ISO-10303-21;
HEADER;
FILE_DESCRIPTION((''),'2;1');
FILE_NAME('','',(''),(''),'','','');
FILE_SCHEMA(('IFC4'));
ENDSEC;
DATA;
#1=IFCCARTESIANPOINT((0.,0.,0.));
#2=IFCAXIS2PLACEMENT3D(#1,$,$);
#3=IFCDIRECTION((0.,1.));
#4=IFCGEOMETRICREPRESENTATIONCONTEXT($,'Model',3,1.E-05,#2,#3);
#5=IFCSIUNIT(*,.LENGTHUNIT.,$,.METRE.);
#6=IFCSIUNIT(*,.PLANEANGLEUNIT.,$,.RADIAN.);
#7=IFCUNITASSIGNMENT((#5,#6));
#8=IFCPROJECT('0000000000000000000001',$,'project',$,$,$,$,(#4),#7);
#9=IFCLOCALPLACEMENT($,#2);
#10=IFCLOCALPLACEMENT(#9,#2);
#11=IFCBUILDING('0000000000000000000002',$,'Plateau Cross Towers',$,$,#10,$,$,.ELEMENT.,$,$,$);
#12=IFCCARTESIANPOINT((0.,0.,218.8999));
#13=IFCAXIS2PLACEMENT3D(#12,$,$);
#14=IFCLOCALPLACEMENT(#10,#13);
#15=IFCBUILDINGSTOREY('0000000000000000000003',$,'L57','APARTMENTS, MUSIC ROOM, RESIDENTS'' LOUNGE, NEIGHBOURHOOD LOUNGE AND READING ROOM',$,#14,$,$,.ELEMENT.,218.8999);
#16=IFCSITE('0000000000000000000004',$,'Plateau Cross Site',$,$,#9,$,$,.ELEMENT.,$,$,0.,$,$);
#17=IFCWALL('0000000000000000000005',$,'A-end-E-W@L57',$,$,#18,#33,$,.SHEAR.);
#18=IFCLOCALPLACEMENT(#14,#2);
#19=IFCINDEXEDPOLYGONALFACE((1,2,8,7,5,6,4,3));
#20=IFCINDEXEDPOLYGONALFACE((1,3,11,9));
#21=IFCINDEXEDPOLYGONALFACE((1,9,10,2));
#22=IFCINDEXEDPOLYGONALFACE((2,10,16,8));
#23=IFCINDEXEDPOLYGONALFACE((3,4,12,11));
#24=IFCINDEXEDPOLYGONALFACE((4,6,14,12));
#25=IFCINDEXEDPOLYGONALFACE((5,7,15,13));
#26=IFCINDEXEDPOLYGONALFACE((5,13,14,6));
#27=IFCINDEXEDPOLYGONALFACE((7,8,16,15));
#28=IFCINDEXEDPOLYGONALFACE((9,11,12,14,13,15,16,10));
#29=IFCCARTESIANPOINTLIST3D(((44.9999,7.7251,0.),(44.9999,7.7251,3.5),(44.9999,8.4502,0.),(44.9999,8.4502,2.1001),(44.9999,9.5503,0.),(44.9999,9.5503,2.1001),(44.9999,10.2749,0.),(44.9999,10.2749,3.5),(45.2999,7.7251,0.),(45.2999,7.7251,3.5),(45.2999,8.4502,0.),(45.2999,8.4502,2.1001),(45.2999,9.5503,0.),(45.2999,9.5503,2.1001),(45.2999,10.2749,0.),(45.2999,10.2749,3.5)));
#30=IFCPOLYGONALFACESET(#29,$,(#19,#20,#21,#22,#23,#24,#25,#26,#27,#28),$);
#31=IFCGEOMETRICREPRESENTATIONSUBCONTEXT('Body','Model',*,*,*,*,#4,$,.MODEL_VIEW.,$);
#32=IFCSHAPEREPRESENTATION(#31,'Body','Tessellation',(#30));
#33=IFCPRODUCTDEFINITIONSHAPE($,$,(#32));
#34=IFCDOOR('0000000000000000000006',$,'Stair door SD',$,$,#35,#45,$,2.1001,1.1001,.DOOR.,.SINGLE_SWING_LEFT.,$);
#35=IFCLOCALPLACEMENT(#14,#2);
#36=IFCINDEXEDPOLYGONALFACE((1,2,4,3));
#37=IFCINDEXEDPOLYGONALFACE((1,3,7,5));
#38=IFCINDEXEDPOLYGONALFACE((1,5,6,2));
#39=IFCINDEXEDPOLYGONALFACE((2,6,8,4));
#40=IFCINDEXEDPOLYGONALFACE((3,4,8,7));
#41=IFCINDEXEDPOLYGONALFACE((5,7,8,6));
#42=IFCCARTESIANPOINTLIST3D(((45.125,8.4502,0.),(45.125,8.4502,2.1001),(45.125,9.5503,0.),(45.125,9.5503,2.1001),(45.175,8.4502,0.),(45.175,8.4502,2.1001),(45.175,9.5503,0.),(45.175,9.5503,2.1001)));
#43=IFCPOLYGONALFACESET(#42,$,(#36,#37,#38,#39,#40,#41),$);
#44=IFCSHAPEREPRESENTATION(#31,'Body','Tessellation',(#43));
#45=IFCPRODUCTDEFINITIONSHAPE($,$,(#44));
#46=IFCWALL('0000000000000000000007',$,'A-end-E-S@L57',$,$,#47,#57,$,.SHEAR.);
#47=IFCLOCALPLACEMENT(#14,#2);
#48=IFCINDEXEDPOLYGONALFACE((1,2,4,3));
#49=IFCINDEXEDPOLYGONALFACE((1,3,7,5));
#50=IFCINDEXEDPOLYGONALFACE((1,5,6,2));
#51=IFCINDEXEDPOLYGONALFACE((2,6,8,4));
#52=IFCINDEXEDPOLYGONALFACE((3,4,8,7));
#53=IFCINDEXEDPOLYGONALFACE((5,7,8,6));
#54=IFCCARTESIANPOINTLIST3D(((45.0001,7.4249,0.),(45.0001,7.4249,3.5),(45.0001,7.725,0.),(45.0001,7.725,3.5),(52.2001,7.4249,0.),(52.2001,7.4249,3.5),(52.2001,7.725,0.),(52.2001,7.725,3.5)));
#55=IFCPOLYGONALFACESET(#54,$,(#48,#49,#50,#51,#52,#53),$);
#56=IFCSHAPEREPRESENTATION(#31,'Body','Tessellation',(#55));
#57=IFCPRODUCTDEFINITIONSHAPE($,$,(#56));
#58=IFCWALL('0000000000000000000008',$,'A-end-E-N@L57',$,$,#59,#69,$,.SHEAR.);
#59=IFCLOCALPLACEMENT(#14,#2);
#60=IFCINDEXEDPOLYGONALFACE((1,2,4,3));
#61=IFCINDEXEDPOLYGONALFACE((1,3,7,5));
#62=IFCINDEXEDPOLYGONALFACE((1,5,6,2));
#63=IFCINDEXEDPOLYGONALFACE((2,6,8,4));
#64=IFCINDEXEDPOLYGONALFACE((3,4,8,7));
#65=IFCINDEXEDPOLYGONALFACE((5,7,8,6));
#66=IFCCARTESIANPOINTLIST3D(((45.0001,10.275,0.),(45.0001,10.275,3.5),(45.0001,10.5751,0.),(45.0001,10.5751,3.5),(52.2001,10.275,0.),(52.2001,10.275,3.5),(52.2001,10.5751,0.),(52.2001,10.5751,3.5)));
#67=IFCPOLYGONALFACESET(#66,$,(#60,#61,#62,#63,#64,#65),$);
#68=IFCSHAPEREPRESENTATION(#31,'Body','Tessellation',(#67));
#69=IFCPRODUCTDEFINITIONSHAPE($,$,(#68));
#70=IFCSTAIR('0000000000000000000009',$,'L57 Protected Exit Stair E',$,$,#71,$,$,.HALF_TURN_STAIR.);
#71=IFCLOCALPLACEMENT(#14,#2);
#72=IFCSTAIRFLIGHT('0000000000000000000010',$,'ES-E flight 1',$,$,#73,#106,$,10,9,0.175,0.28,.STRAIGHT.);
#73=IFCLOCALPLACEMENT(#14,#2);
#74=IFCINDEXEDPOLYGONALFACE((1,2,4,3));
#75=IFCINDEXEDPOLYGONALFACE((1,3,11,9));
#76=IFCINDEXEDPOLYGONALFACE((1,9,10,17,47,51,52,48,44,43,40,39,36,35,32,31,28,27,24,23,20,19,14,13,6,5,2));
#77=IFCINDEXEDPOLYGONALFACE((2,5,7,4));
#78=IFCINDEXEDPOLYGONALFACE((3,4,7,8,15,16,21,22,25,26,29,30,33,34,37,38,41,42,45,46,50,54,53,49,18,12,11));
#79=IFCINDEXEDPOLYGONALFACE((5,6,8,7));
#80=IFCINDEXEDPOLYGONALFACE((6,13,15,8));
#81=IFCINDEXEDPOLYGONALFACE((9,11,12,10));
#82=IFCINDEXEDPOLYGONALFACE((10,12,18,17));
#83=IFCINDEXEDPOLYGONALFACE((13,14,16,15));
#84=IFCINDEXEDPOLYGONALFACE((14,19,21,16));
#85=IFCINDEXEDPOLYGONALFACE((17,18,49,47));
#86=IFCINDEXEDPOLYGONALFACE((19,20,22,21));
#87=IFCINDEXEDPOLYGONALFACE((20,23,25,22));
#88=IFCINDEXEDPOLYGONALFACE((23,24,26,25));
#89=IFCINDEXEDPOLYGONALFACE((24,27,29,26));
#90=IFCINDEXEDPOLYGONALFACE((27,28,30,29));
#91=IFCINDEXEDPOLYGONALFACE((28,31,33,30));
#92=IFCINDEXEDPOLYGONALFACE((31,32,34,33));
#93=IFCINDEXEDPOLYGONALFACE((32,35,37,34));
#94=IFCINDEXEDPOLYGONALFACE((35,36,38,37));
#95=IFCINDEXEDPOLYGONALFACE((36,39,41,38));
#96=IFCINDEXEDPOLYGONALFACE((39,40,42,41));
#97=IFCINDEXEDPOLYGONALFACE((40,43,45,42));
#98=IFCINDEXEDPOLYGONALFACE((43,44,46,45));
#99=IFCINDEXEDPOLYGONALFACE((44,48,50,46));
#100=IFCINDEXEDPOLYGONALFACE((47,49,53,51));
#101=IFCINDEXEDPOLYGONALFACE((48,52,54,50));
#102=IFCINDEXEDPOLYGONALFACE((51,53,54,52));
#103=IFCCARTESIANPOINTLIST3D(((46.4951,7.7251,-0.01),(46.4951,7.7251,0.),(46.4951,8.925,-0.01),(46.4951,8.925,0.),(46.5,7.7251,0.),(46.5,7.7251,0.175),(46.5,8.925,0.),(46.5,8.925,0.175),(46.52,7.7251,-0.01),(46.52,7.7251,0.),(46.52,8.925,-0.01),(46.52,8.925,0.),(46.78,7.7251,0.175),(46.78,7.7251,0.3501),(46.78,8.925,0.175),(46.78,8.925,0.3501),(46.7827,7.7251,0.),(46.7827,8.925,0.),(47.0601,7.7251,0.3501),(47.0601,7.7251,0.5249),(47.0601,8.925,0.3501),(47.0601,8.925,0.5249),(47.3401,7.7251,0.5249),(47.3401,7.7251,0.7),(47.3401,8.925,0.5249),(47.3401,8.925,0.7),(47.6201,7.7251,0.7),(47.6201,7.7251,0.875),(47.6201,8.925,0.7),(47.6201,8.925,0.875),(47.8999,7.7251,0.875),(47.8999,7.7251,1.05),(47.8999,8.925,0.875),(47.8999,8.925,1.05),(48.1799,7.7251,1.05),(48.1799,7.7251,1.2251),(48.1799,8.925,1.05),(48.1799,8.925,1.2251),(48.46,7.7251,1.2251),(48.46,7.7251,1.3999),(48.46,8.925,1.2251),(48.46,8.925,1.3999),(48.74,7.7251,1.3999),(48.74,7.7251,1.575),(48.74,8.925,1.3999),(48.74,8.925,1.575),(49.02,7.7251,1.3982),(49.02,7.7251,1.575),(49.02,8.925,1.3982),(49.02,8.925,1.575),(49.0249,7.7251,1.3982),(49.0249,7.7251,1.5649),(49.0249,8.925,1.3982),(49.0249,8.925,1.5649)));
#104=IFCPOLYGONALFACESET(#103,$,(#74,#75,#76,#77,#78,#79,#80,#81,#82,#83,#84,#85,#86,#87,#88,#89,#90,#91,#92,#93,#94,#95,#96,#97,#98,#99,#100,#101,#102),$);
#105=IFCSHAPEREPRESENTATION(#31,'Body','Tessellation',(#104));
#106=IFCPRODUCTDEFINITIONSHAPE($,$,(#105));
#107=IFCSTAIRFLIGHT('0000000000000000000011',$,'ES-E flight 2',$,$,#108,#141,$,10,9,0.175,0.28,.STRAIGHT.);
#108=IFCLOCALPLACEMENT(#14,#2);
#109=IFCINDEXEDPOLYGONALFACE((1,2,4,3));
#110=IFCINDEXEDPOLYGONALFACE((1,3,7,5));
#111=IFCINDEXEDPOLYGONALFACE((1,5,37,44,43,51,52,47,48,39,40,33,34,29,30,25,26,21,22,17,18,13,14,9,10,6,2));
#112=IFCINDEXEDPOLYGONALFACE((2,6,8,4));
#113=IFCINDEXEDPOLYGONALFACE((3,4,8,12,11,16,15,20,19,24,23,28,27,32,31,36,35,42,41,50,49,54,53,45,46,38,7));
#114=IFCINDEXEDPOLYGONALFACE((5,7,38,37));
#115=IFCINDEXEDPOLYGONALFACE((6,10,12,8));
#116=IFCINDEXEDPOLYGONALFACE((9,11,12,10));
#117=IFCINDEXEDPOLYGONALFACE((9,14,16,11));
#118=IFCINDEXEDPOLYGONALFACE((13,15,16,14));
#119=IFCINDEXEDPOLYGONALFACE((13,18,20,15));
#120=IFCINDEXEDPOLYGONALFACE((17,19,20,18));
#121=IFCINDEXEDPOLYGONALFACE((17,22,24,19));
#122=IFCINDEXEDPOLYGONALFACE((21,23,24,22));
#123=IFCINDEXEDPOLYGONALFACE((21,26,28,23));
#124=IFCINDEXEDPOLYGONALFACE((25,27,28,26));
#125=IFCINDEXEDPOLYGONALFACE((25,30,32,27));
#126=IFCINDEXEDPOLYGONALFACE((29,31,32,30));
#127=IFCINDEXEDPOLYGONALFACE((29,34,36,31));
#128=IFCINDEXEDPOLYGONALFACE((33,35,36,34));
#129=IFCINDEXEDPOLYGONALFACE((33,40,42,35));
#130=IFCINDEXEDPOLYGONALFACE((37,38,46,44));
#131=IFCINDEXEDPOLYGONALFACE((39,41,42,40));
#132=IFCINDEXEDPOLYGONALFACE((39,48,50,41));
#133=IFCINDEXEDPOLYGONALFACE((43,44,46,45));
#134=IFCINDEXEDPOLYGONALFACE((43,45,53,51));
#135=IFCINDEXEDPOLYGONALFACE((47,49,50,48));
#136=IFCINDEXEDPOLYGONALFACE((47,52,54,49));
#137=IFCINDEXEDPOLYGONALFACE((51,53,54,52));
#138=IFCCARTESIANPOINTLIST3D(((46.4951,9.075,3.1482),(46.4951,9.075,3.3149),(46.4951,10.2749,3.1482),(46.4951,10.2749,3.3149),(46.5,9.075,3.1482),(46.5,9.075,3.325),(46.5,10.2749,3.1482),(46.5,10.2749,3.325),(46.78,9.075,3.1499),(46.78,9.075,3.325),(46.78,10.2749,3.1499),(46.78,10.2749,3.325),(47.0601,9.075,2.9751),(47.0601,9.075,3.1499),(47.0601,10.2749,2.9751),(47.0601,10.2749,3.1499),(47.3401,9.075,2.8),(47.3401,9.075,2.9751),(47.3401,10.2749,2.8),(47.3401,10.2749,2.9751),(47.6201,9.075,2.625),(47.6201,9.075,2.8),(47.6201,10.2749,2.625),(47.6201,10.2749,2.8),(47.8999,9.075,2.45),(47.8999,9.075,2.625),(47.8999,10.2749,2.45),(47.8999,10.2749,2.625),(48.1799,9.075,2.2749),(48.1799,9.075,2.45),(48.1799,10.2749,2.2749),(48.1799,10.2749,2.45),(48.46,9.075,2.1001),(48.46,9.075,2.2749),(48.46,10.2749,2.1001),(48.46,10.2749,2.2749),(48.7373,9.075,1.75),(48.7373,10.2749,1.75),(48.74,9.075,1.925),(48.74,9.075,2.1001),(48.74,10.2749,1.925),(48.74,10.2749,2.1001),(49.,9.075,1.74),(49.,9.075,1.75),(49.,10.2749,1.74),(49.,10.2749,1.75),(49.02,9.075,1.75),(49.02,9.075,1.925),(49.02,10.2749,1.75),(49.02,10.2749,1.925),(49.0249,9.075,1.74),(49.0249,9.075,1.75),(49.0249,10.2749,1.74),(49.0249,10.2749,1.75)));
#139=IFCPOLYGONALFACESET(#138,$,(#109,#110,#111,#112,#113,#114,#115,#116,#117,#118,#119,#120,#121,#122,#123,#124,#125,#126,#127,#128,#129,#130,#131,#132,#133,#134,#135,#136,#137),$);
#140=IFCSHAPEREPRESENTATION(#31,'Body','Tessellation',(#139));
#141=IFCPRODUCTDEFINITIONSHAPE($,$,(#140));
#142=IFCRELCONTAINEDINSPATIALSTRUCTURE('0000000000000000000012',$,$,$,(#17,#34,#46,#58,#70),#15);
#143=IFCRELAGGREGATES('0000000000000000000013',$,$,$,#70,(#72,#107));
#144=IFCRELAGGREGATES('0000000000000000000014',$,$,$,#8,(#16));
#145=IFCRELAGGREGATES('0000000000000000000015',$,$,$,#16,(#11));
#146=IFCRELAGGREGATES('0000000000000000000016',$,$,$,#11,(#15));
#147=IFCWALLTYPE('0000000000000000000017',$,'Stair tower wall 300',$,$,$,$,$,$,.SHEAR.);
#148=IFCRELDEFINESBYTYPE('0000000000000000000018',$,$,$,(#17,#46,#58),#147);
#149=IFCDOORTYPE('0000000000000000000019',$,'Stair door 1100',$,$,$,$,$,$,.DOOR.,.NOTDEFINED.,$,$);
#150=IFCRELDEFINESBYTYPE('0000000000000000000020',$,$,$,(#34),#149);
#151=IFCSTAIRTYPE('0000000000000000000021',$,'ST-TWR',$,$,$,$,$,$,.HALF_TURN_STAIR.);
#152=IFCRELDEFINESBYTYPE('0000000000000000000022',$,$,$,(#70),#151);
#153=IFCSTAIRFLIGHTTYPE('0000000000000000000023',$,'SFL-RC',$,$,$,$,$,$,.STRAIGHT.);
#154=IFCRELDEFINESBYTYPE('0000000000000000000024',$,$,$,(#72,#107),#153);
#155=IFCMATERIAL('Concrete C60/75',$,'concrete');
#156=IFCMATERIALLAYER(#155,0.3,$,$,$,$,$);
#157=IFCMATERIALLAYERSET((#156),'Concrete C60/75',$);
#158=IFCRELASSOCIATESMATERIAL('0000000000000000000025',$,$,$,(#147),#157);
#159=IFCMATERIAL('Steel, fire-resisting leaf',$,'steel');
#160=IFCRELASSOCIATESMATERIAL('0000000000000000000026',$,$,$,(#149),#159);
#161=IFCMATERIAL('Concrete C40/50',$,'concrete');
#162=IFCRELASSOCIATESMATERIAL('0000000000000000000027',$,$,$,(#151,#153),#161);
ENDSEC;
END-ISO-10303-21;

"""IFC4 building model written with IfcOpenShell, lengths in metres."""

from ifc_helpers import new_model, si_unit, direction, frame, frame_2d, origin, place, context, subcontext, project, spatial, polyline, rectangle, outline, extrude, material, layer, layer_set, type_object, element, fill, aggregate, save


model = new_model("IFC4")

# Units and contexts
model_context = context("Model", 3, precision=1e-05, world=origin(), true_north=direction((0.0, 1.0)))
body_context = subcontext(model_context, "Body", "Model", "MODEL_VIEW")
ifc_project = project(units=[si_unit("LENGTHUNIT", "METRE"), si_unit("PLANEANGLEUNIT", "RADIAN")], contexts=[model_context])

# Site, building, storey
site_placement = place(None, origin())
site = spatial("IfcSite", under=ifc_project, at=site_placement, Name="Plateau Cross Site", CompositionType="ELEMENT", RefElevation=0.0)
building_placement = place(site_placement, origin())
building = spatial("IfcBuilding", under=site, at=building_placement, Name="Plateau Cross Towers", CompositionType="ELEMENT")
storey_placement = place(building_placement, frame((0.0, 0.0, 218.8999)))
storey = spatial("IfcBuildingStorey", under=building, at=storey_placement, Name="L57", Description="APARTMENTS, MUSIC ROOM, RESIDENTS' LOUNGE, NEIGHBOURHOOD LOUNGE AND READING ROOM", CompositionType="ELEMENT", Elevation=218.8999)

# Wall, opening, door
ifc_material_1 = material(Name="Concrete C60/75", Category="concrete")
ifc_layer_1 = layer(ifc_material_1, 0.3)
ifc_layer_set_1 = layer_set([ifc_layer_1], Name="Concrete C60/75")
wall_type_1 = type_object("IfcWallType", Name="Stair tower wall 300", PredefinedType="SHEAR", material=ifc_layer_set_1)
wall_1_placement = place(storey_placement, frame((45.1499, 7.7251, 0.0), z_axis=(0.0, 0.0, 1.0), x_axis=(0.0, 1.0, 0.0)))
wall_1 = element("IfcWall", 1, at=wall_1_placement, inside=storey, type_object=wall_type_1, Name="A-end-E-W@L57", PredefinedType="SHEAR", context=body_context, shape_type="SweptSolid", body=[
    extrude(rectangle(XDim=2.5498, YDim=0.3, at=frame_2d((1.2749, 0.0))), origin(), (0.0, 0.0, 1.0), 3.5),
])
opening_1_placement = place(wall_1_placement, frame((0.7251, 0.0, 0.0)))
opening_1 = element("IfcOpeningElement", 2, at=opening_1_placement, cuts=wall_1, PredefinedType="OPENING", context=body_context, shape_type="SweptSolid", body=[
    extrude(rectangle(XDim=1.1001, YDim=2.1001, at=frame_2d((0.55, 1.05))), frame((0.0, 0.1599, 0.0), z_axis=(0.0, -1.0, 0.0), x_axis=(1.0, 0.0, 0.0)), (0.0, 0.0, 1.0), 0.3201),
])
ifc_material_2 = material(Name="Steel, fire-resisting leaf", Category="steel")
door_type_1 = type_object("IfcDoorType", Name="Stair door 1100", OperationType="NOTDEFINED", PredefinedType="DOOR", material=ifc_material_2)
door_1_placement = place(opening_1_placement, origin())
door_1 = element("IfcDoor", 3, at=door_1_placement, inside=storey, type_object=door_type_1, Name="Stair door SD", OperationType="SINGLE_SWING_LEFT", OverallHeight=2.1001, OverallWidth=1.1001, PredefinedType="DOOR", context=body_context, shape_type="SweptSolid", body=[
    extrude(rectangle(XDim=1.1001, YDim=2.1001, at=frame_2d((0.55, 1.05))), frame((0.0, 0.0249, 0.0), z_axis=(0.0, -1.0, 0.0), x_axis=(1.0, 0.0, 0.0)), (0.0, 0.0, 1.0), 0.05),
])
fill(opening_1, door_1)

# Walls
for number, where, z_axis, x_axis, name in (
    (4, (45.0, 7.575, 0.0), (0.0, 0.0, 1.0), (1.0, 0.0, 0.0), "A-end-E-S@L57"),
    (5, (45.0, 10.425, 0.0), (0.0, 0.0, 1.0), (1.0, 0.0, 0.0), "A-end-E-N@L57"),
):
    element("IfcWall", number, at=place(storey_placement, frame(where, z_axis=z_axis, x_axis=x_axis)), inside=storey, type_object=wall_type_1, Name=name, PredefinedType="SHEAR", context=body_context, shape_type="SweptSolid", body=[
        extrude(rectangle(XDim=7.2, YDim=0.3, at=frame_2d((3.6001, 0.0))), origin(), (0.0, 0.0, 1.0), 3.5),
    ])

# Stair, stair flights
ifc_material_3 = material(Name="Concrete C40/50", Category="concrete")
stair_type = type_object("IfcStairType", Name="ST-TWR", PredefinedType="HALF_TURN_STAIR", material=ifc_material_3)
stair_placement = place(storey_placement, origin())
stair = element("IfcStair", 6, at=stair_placement, inside=storey, type_object=stair_type, Name="L57 Protected Exit Stair E", PredefinedType="HALF_TURN_STAIR")
stair_flight_type = type_object("IfcStairFlightType", Name="SFL-RC", PredefinedType="STRAIGHT", material=ifc_material_3)
stair_flight_1_placement = place(storey_placement, frame((46.5, 8.325, 0.0), z_axis=(0.0, 0.0, 1.0), x_axis=(1.0, 0.0, 0.0)))
stair_flight_1 = element("IfcStairFlight", 7, at=stair_flight_1_placement, type_object=stair_flight_type, Name="ES-E flight 1", NumberOfRisers=10, NumberOfTreads=9, PredefinedType="STRAIGHT", RiserHeight=0.175, TreadLength=0.28, context=body_context, shape_type="SweptSolid", body=[
    extrude(outline(polyline([(-0.0049, -0.01), (-0.0049, 0.0), (0.0, 0.0), (0.0, 0.175), (0.28, 0.175), (0.28, 0.3501), (0.5601, 0.3501), (0.5601, 0.5249), (0.8401, 0.5249), (0.8401, 0.7), (1.1201, 0.7), (1.1201, 0.875), (1.3999, 0.875), (1.3999, 1.05), (1.6799, 1.05), (1.6799, 1.2251), (1.96, 1.2251), (1.96, 1.3999), (2.24, 1.3999), (2.24, 1.575), (2.52, 1.575), (2.5249, 1.5649), (2.5249, 1.3982), (2.52, 1.3982), (0.2827, 0.0), (0.02, 0.0), (0.02, -0.01), (-0.0049, -0.01)])), frame((0.0, 0.6001, 0.0), z_axis=(0.0, -1.0, 0.0), x_axis=(1.0, 0.0, 0.0)), (0.0, 0.0, 1.0), 1.2),
])
stair_flight_2_placement = place(storey_placement, frame((49.02, 9.675, 1.75), z_axis=(0.0, 0.0, 1.0), x_axis=(-1.0, 0.0, 0.0)))
stair_flight_2 = element("IfcStairFlight", 8, at=stair_flight_2_placement, type_object=stair_flight_type, Name="ES-E flight 2", NumberOfRisers=10, NumberOfTreads=9, PredefinedType="STRAIGHT", RiserHeight=0.175, TreadLength=0.28, context=body_context, shape_type="SweptSolid", body=[
    extrude(outline(polyline([(-0.0049, -0.01), (-0.0049, 0.0), (0.0, 0.0), (0.0, 0.175), (0.28, 0.175), (0.28, 0.3501), (0.5601, 0.3501), (0.5601, 0.5249), (0.8401, 0.5249), (0.8401, 0.7), (1.1201, 0.7), (1.1201, 0.875), (1.3999, 0.875), (1.3999, 1.05), (1.6799, 1.05), (1.6799, 1.2251), (1.96, 1.2251), (1.96, 1.3999), (2.24, 1.3999), (2.24, 1.575), (2.52, 1.575), (2.5249, 1.5649), (2.5249, 1.3982), (2.52, 1.3982), (0.2827, 0.0), (0.02, 0.0), (0.02, -0.01), (-0.0049, -0.01)])), frame((0.0, 0.6001, 0.0), z_axis=(0.0, -1.0, 0.0), x_axis=(1.0, 0.0, 0.0)), (0.0, 0.0, 1.0), 1.2),
])
aggregate(stair, [stair_flight_1, stair_flight_2])

save(model, "model.ifc")
